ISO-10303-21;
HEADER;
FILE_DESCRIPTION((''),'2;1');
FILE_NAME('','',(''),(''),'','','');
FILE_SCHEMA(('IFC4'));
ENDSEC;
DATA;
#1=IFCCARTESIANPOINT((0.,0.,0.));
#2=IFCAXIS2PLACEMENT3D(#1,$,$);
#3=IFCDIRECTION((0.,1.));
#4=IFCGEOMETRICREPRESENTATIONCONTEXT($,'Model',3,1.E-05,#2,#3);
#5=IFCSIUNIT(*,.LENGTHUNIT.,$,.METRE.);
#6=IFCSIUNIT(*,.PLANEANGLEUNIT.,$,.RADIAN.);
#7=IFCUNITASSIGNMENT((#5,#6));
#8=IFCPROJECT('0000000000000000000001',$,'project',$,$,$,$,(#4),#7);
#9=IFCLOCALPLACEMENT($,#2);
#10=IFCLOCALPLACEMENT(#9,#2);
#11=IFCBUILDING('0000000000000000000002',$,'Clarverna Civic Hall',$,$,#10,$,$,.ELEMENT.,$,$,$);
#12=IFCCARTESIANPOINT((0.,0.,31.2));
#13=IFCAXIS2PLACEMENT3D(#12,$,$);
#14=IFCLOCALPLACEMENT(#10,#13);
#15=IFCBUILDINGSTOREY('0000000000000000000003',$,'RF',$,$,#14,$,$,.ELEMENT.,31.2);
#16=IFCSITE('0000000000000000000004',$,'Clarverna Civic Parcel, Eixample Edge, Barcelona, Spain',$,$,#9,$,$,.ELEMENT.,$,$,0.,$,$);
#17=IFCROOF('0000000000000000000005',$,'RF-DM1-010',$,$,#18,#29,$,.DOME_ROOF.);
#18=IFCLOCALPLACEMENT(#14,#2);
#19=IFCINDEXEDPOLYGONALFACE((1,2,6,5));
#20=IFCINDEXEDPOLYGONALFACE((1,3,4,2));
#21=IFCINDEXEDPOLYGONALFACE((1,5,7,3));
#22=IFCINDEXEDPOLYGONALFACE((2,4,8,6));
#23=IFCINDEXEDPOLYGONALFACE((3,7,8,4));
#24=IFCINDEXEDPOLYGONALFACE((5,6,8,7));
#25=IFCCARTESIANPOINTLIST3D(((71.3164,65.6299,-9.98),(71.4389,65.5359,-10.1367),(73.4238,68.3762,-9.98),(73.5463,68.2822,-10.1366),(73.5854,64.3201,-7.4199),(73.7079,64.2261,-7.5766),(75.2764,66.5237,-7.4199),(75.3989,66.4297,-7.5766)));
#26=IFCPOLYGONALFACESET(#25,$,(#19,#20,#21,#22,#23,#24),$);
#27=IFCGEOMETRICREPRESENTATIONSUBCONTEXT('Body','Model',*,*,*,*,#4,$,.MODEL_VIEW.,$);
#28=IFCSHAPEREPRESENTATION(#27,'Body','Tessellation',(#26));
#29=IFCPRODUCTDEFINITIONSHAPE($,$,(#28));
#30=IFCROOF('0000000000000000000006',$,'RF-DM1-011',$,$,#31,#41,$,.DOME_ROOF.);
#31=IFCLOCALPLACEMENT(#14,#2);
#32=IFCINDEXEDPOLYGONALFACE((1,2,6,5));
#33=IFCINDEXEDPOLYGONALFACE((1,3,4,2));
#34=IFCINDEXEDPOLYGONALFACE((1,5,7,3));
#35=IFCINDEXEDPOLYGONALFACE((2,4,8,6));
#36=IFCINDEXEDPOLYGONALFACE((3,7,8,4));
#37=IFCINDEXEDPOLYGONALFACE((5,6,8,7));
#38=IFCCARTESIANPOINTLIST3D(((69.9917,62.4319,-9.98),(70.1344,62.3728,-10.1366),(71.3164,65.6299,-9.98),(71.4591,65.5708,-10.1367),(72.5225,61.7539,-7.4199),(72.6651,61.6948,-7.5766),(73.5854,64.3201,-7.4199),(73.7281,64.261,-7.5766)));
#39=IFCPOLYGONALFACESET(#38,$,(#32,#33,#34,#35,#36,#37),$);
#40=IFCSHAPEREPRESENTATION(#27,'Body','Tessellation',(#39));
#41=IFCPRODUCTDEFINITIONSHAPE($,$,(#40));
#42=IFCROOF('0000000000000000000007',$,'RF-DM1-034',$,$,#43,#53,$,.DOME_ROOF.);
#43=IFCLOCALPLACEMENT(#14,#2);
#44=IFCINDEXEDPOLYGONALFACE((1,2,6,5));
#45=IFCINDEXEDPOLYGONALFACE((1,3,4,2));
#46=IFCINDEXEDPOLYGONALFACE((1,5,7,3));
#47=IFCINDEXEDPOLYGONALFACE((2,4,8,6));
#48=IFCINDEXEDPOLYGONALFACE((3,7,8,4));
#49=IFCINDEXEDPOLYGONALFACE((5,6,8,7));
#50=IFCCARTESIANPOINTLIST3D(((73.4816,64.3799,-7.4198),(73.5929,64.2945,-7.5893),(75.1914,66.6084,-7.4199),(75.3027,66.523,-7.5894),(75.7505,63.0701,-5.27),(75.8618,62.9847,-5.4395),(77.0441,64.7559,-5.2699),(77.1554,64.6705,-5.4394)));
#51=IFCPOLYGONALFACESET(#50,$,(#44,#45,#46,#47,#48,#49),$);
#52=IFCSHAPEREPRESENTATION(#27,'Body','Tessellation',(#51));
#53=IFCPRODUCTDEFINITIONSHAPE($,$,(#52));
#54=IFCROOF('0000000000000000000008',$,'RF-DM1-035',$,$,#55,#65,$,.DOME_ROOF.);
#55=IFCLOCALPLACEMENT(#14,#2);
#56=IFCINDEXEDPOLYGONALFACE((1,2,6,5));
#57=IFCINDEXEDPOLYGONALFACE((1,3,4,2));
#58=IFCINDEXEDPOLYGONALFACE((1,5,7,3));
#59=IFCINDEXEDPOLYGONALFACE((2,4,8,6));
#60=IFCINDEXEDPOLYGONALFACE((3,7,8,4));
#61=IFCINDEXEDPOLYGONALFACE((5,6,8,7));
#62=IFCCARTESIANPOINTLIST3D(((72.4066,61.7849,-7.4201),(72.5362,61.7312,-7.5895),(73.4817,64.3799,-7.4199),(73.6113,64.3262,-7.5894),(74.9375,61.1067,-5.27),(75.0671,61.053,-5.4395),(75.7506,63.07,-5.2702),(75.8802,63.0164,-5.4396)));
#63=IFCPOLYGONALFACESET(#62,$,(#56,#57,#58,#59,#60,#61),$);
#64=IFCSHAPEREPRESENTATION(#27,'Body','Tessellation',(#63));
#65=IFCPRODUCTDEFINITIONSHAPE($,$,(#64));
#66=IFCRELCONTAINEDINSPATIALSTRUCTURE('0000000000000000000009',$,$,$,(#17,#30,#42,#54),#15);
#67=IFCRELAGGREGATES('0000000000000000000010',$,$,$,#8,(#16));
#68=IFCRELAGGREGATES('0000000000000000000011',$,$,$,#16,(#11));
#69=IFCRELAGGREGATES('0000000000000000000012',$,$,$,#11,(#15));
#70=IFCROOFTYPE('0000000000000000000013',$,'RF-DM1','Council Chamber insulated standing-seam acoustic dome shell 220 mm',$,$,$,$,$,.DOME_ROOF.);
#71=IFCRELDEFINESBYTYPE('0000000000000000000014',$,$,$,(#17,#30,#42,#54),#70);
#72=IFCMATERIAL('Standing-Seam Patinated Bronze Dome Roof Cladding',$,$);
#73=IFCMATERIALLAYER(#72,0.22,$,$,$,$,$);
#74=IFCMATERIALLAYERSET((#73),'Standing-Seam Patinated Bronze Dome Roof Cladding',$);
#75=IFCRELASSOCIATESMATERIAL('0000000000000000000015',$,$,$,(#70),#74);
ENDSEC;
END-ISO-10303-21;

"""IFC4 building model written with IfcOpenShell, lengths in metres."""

from ifc_helpers import new_model, si_unit, direction, frame, origin, place, context, subcontext, project, spatial, polyline, outline, extrude, material, layer, layer_set, type_object, element, save


model = new_model("IFC4")

# Units and contexts
model_context = context("Model", 3, precision=1e-05, world=origin(), true_north=direction((0.0, 1.0)))
body_context = subcontext(model_context, "Body", "Model", "MODEL_VIEW")
ifc_project = project(units=[si_unit("LENGTHUNIT", "METRE"), si_unit("PLANEANGLEUNIT", "RADIAN")], contexts=[model_context])

# Site, building, storey
site_placement = place(None, origin())
site = spatial("IfcSite", under=ifc_project, at=site_placement, Name="Clarverna Civic Parcel, Eixample Edge, Barcelona, Spain", CompositionType="ELEMENT", RefElevation=0.0)
building_placement = place(site_placement, origin())
building = spatial("IfcBuilding", under=site, at=building_placement, Name="Clarverna Civic Hall", CompositionType="ELEMENT")
storey_placement = place(building_placement, frame((0.0, 0.0, 31.2)))
storey = spatial("IfcBuildingStorey", under=building, at=storey_placement, Name="RF", CompositionType="ELEMENT", Elevation=31.2)

# Roofs
ifc_material_1 = material(Name="Standing-Seam Patinated Bronze Dome Roof Cladding")
ifc_layer_1 = layer(ifc_material_1, 0.22)
ifc_layer_set_1 = layer_set([ifc_layer_1], Name="Standing-Seam Patinated Bronze Dome Roof Cladding")
roof_type_1 = type_object("IfcRoofType", Name="RF-DM1", Description="Council Chamber insulated standing-seam acoustic dome shell 220 mm", PredefinedType="DOME_ROOF", material=ifc_layer_set_1)
roof_1_placement = place(storey_placement, frame((73.4238, 68.3762, -9.98), z_axis=(-0.556893, 0.427331, 0.712221), x_axis=(-0.608774, -0.793343, -0.000003)))
element("IfcRoof", 1, at=roof_1_placement, inside=storey, type_object=roof_type_1, Name="RF-DM1-010", PredefinedType="DOME_ROOF", context=body_context, shape_type="SweptSolid", body=[
    extrude(outline(polyline([(0.0, 0.0), (3.4617, 0.0), (3.1195, 3.647), (0.3419, 3.647), (0.0, 0.0)])), origin(), (0.0, 0.0, -1.0), 0.22),
])
roof_2_placement = place(storey_placement, frame((71.3164, 65.6299, -9.98), z_axis=(-0.648509, 0.268633, 0.712231), x_axis=(-0.382697, -0.923874, 0.0)))
element("IfcRoof", 2, at=roof_2_placement, inside=storey, type_object=roof_type_1, Name="RF-DM1-011", PredefinedType="DOME_ROOF", context=body_context, shape_type="SweptSolid", body=[
    extrude(outline(polyline([(0.0, 0.0), (3.4615, 0.0), (3.1194, 3.6471), (0.3417, 3.6471), (0.0, 0.0)])), origin(), (0.0, 0.0, -1.0), 0.22),
])
roof_3_placement = place(storey_placement, frame((75.1914, 66.6084, -7.4199), z_axis=(-0.50586, 0.388143, 0.770358), x_axis=(-0.608717, -0.793388, 0.000029)))
element("IfcRoof", 3, at=roof_3_placement, inside=storey, type_object=roof_type_1, Name="RF-DM1-034", PredefinedType="DOME_ROOF", context=body_context, shape_type="SweptSolid", body=[
    extrude(outline(polyline([(0.0, 0.0), (2.8088, 0.0), (2.467, 3.3717), (0.342, 3.3719), (0.0, 0.0)])), origin(), (0.0, 0.0, -1.0), 0.22),
])
roof_4_placement = place(storey_placement, frame((73.4817, 64.3799, -7.4199), z_axis=(-0.589058, 0.244003, 0.770372), x_axis=(-0.382745, -0.923854, -0.000047)))
element("IfcRoof", 4, at=roof_4_placement, inside=storey, type_object=roof_type_1, Name="RF-DM1-035", PredefinedType="DOME_ROOF", context=body_context, shape_type="SweptSolid", body=[
    extrude(outline(polyline([(0.0, 0.0), (2.8089, 0.0), (2.4666, 3.3721), (0.3416, 3.3717), (0.0, 0.0)])), origin(), (0.0, 0.0, -1.0), 0.22),
])

save(model, "model.ifc")
